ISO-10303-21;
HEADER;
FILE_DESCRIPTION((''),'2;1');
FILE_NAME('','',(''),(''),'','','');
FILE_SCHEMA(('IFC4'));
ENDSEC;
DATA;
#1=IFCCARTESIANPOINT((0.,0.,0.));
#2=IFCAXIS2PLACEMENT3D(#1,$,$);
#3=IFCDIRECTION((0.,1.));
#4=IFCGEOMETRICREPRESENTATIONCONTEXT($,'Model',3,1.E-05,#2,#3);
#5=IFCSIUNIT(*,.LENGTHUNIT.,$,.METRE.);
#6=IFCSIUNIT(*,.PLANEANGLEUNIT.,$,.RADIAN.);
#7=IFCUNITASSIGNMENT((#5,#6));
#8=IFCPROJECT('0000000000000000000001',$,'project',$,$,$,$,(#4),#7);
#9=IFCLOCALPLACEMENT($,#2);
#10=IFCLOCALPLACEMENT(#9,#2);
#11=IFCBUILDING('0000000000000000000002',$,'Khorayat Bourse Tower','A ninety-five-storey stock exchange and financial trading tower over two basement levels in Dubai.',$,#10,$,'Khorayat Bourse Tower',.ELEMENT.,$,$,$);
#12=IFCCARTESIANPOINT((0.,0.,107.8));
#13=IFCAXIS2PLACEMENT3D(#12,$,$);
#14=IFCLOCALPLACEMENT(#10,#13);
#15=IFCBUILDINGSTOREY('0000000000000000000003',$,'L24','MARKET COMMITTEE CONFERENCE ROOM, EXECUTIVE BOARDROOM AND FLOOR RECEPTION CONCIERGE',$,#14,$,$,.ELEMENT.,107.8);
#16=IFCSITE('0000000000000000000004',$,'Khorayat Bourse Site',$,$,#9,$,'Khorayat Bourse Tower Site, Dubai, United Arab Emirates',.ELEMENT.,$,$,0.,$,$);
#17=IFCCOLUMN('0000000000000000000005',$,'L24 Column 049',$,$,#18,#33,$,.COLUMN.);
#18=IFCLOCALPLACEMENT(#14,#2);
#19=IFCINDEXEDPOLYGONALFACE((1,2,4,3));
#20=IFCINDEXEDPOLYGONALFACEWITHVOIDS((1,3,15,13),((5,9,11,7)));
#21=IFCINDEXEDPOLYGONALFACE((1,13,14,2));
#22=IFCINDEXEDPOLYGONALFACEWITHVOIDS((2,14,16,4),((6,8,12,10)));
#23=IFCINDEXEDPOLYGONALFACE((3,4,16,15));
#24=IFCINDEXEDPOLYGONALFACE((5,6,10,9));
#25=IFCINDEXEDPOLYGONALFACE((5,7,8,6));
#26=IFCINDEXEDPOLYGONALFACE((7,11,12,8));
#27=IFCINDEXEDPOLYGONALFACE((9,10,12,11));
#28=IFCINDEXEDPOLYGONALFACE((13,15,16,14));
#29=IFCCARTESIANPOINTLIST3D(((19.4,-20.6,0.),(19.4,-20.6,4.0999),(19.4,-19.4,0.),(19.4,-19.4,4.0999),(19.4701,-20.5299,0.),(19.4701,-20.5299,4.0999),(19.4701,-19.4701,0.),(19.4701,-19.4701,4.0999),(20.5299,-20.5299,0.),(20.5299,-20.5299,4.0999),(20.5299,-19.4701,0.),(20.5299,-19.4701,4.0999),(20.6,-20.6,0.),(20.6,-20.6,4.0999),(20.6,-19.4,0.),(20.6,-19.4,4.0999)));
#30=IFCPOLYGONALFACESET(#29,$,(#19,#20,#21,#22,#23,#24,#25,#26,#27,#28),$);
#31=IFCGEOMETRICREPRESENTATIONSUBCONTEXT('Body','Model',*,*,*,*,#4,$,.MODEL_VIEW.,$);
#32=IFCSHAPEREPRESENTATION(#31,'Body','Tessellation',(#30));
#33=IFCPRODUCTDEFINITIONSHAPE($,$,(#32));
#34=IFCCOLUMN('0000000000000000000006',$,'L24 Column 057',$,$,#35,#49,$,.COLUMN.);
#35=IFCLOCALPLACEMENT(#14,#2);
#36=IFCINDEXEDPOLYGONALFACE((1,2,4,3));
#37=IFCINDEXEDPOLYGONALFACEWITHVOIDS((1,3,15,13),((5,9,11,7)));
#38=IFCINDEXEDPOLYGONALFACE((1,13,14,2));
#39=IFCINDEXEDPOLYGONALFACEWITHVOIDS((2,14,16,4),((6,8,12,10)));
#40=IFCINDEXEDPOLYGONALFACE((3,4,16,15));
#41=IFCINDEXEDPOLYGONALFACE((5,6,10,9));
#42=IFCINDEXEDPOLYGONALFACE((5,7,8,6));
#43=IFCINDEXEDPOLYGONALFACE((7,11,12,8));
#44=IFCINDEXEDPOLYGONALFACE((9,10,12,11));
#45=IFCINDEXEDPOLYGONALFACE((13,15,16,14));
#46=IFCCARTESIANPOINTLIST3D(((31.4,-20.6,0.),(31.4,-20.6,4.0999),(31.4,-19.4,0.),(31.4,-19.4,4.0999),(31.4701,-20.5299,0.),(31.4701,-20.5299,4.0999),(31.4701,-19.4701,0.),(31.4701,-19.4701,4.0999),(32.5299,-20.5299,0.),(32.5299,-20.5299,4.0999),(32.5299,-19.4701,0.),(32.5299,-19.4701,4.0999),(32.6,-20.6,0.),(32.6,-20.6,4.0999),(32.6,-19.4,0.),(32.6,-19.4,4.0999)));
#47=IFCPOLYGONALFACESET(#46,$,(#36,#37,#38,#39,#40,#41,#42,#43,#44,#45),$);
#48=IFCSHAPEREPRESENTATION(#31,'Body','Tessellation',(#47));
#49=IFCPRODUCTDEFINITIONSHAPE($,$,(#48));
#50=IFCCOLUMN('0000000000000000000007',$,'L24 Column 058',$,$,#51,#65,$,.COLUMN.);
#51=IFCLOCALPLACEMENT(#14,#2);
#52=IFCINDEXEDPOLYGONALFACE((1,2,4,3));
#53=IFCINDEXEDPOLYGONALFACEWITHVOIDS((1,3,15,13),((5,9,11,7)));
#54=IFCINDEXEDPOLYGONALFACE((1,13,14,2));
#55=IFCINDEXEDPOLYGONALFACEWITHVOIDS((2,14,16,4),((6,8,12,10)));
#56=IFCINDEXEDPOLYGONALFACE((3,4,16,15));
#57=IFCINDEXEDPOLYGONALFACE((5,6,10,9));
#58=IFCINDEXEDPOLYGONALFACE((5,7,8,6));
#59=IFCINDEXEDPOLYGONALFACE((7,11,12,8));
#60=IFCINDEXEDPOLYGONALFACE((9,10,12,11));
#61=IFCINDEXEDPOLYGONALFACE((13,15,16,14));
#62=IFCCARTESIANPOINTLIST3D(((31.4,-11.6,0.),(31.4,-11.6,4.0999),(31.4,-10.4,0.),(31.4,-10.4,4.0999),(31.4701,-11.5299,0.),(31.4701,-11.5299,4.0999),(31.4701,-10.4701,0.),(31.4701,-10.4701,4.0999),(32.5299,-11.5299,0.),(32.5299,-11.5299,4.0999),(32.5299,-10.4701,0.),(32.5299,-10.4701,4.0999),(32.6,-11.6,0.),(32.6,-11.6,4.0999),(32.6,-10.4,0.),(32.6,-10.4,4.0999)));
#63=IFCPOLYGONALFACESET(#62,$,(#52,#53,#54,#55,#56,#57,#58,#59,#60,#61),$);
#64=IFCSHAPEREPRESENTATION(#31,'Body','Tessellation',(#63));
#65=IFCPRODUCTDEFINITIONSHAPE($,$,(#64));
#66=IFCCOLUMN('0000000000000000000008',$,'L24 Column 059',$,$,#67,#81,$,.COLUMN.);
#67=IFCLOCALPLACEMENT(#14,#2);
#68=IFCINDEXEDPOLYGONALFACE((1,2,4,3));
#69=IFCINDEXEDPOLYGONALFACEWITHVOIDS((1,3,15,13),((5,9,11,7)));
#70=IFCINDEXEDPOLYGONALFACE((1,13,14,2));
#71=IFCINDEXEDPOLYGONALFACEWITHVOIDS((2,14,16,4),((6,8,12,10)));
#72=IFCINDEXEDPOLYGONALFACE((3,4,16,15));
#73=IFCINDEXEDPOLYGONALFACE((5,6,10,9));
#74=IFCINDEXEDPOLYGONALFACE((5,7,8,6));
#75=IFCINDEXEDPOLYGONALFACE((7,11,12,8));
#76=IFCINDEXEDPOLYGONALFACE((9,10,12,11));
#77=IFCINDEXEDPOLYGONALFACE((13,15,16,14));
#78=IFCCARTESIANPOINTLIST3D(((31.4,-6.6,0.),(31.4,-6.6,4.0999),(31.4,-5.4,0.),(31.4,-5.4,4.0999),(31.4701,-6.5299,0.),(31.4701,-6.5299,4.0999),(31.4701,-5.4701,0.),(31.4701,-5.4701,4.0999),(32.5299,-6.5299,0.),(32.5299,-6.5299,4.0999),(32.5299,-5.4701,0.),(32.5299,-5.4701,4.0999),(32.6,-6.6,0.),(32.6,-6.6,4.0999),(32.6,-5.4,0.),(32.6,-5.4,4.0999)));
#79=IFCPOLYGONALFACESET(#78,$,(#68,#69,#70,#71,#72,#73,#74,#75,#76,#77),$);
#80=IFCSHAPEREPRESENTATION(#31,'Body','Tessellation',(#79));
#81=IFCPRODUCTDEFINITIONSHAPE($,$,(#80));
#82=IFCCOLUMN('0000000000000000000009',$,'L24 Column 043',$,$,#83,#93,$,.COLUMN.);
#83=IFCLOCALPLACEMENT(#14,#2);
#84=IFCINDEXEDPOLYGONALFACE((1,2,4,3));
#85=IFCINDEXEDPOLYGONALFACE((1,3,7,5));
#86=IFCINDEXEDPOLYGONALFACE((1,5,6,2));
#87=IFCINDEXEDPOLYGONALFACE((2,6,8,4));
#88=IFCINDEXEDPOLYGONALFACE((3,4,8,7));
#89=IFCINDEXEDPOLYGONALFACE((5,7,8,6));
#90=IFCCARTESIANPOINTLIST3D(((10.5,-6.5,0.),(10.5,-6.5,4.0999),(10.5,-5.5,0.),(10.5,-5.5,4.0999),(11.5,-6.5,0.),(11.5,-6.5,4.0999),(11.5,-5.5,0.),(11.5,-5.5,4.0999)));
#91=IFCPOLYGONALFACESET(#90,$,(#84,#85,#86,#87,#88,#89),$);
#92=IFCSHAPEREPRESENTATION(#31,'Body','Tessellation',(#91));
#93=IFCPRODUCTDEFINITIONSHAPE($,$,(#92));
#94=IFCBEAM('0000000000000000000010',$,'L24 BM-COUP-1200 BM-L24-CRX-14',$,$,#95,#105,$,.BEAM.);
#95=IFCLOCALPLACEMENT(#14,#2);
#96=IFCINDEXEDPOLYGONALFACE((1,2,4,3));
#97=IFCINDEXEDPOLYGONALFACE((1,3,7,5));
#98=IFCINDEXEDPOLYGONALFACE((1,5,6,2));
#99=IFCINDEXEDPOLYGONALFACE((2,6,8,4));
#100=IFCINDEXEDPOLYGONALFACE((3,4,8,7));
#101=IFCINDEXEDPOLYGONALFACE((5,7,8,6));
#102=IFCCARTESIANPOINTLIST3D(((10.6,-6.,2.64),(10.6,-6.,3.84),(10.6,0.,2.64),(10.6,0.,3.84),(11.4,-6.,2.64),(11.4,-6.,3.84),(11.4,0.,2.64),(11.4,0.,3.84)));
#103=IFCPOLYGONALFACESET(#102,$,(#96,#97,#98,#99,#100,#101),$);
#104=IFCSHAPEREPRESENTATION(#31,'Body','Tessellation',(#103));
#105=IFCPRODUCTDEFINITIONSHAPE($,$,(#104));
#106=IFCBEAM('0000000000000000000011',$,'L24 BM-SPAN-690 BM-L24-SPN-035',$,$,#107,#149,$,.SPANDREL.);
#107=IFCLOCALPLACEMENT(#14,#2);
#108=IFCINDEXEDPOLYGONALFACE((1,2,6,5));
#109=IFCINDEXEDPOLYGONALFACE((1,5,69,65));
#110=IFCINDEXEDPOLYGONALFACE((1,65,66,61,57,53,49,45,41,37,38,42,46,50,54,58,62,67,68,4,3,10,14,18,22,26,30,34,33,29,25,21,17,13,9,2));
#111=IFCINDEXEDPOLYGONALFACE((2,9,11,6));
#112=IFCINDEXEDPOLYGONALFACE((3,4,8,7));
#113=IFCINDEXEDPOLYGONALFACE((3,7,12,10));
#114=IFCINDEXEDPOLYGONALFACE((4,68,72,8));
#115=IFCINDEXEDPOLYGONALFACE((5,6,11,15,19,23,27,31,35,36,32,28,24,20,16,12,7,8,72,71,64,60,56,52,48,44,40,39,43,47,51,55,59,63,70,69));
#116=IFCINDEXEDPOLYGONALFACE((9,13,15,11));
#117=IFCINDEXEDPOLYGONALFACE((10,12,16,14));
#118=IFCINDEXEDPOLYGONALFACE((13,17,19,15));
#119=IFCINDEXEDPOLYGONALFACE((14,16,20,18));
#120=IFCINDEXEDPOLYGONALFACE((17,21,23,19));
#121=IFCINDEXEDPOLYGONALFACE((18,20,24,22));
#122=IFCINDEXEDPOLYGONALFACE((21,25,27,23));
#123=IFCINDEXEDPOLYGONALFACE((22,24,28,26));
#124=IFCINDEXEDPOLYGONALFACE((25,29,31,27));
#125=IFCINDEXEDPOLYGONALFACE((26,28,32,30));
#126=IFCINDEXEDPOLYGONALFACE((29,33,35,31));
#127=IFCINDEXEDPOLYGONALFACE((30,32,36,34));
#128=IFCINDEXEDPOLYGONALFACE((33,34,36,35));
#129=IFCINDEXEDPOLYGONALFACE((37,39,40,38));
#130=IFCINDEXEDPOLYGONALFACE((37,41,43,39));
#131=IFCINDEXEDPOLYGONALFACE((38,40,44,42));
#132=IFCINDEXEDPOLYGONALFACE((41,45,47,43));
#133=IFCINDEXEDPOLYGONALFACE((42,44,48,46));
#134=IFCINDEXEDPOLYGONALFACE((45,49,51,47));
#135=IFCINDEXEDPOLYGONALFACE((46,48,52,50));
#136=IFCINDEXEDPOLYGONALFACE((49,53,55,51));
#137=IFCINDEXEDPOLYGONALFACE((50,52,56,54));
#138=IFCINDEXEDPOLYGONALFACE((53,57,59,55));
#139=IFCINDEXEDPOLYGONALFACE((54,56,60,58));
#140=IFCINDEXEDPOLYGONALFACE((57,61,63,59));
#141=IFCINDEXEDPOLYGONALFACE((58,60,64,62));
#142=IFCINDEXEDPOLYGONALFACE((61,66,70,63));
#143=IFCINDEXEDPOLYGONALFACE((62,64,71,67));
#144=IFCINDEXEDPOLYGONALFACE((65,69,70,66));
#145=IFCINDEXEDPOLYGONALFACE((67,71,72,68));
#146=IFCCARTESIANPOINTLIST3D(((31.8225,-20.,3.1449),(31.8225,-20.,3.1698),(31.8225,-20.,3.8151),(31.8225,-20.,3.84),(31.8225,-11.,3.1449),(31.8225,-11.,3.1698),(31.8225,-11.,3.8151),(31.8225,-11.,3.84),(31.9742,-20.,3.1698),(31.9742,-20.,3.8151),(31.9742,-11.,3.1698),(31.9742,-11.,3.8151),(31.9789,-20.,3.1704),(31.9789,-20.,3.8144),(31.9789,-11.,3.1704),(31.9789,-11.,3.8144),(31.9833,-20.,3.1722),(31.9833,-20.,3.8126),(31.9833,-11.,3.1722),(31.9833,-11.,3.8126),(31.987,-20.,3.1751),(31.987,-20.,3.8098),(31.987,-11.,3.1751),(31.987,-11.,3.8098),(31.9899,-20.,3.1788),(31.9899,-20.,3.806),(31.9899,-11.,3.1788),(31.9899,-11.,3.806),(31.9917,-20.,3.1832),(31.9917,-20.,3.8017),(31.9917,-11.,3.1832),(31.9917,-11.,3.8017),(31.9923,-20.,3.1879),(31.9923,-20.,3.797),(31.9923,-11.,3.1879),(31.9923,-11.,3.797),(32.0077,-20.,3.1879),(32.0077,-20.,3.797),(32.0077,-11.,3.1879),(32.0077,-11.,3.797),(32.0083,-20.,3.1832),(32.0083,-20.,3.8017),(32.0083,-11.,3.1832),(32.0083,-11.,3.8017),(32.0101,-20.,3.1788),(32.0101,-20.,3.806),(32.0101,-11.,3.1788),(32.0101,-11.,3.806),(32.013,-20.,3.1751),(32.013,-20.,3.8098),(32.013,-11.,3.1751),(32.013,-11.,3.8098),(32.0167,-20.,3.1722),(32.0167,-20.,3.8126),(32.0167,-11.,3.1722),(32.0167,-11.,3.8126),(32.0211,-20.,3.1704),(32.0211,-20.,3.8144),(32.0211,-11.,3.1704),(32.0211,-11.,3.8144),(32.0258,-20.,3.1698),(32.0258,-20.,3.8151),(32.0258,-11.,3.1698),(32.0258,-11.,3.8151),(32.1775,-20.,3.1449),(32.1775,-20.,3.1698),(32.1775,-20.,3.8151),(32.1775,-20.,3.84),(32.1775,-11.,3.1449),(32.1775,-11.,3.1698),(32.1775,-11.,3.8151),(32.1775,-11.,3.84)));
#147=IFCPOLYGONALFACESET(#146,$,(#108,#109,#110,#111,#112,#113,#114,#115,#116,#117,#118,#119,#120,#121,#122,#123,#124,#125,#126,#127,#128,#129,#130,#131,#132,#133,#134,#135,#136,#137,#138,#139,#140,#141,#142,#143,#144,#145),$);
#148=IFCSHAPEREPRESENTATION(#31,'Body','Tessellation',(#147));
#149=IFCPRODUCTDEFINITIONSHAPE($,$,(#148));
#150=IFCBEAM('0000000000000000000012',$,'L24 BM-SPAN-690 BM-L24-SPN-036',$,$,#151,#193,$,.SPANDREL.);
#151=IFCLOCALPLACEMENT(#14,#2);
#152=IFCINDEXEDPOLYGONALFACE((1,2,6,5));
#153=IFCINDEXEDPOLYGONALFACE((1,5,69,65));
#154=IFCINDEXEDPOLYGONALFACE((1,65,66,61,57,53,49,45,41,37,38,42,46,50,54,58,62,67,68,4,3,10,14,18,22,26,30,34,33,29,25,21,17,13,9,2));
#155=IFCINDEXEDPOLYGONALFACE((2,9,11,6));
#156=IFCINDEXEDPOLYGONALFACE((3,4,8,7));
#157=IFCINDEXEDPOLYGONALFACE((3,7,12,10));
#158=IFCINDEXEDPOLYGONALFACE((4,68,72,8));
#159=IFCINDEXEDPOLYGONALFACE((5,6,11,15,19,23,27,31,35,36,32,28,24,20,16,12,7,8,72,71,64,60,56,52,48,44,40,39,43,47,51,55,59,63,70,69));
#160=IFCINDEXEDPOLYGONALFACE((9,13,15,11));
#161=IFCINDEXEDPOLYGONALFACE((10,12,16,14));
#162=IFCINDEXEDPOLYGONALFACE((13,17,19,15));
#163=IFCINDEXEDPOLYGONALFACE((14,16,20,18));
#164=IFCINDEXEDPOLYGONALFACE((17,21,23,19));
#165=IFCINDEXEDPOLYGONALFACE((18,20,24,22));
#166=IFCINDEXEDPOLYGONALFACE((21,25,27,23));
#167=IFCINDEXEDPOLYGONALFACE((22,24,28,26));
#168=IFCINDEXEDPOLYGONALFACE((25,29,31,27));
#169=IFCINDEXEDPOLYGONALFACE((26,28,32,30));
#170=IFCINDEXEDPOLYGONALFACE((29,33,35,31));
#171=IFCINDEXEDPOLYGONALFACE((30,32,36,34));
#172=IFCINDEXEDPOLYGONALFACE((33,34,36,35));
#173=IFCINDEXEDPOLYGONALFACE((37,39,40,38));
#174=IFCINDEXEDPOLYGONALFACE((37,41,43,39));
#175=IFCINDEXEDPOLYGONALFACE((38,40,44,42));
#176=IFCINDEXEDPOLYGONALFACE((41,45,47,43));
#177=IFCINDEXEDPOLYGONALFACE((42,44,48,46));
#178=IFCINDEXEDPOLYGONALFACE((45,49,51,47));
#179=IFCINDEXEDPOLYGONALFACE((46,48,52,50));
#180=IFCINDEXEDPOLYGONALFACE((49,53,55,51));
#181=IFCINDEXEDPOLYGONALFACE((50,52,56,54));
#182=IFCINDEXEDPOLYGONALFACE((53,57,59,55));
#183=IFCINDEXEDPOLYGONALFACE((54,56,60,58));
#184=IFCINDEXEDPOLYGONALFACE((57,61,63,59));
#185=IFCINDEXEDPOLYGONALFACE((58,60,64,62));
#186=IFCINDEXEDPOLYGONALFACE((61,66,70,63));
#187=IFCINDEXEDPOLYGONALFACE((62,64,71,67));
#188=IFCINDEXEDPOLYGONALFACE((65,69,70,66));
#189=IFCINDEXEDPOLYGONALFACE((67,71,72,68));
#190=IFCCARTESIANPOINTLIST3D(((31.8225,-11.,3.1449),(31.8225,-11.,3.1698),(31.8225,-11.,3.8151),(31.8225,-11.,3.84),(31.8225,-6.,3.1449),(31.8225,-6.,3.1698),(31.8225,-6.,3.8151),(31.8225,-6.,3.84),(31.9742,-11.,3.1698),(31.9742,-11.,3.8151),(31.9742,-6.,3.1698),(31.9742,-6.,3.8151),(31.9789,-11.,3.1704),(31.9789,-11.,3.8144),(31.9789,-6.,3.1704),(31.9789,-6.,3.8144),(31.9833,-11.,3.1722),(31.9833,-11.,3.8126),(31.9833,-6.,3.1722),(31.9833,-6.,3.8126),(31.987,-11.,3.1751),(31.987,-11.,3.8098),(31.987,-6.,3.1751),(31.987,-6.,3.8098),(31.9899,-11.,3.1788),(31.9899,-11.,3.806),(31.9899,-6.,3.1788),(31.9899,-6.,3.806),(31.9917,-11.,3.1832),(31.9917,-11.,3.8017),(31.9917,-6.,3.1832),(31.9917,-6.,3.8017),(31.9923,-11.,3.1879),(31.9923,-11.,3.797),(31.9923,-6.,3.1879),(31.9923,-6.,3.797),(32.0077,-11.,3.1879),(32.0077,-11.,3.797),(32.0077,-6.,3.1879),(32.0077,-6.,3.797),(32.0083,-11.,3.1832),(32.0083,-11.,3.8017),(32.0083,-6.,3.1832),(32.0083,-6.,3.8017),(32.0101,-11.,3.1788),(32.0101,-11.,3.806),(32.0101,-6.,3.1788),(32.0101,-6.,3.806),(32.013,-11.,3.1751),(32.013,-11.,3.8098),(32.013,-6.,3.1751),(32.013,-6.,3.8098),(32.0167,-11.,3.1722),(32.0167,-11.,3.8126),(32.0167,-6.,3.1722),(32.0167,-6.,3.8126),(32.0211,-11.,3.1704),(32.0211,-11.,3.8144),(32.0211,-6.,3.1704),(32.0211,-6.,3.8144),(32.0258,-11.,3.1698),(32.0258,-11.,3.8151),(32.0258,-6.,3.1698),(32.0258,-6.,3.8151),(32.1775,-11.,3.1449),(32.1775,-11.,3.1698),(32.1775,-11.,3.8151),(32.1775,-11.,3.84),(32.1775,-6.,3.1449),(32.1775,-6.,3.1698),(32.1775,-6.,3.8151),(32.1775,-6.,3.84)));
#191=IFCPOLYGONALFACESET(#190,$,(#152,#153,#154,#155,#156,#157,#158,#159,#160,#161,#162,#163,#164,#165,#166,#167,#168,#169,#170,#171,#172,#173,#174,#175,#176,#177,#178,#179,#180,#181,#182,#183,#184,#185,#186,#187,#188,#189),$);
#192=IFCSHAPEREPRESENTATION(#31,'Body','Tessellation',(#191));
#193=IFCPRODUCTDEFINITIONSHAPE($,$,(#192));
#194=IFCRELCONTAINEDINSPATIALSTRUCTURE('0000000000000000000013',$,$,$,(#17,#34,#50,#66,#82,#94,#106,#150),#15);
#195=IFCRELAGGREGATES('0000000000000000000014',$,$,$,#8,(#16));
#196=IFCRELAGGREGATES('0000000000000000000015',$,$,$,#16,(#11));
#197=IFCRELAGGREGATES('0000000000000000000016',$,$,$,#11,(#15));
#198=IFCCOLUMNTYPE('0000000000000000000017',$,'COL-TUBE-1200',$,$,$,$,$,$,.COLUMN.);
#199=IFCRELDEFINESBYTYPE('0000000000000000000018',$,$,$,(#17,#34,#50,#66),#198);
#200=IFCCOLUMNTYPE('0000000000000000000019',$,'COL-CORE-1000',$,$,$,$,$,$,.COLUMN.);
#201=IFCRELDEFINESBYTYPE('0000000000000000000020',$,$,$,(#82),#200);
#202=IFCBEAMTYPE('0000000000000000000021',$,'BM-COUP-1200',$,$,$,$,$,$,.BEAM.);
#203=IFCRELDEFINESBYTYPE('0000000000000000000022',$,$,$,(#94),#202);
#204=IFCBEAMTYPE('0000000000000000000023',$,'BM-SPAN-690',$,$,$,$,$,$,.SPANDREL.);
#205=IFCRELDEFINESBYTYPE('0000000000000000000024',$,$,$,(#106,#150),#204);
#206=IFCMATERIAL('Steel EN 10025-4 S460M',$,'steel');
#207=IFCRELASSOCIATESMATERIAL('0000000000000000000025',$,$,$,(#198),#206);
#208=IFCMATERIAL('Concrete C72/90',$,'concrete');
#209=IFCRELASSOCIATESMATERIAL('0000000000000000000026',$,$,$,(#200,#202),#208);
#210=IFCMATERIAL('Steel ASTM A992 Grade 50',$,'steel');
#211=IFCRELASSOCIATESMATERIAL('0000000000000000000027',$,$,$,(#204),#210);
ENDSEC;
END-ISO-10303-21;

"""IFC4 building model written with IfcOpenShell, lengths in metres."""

from ifc_helpers import new_model, si_unit, direction, frame, origin, origin_2d, place, context, subcontext, project, spatial, rectangle, hollow_rectangle, i_section, extrude, source, transform, mapped, material, material_profile, profile_set, type_object, element, save


model = new_model("IFC4")

# Units and contexts
model_context = context("Model", 3, precision=1e-05, world=origin(), true_north=direction((0.0, 1.0)))
body_context = subcontext(model_context, "Body", "Model", "MODEL_VIEW")
ifc_project = project(units=[si_unit("LENGTHUNIT", "METRE"), si_unit("PLANEANGLEUNIT", "RADIAN")], contexts=[model_context])

# Site, building, storey
site_placement = place(None, origin())
site = spatial("IfcSite", under=ifc_project, at=site_placement, Name="Khorayat Bourse Site", LongName="Khorayat Bourse Tower Site, Dubai, United Arab Emirates", CompositionType="ELEMENT", RefElevation=0.0)
building_placement = place(site_placement, origin())
building = spatial("IfcBuilding", under=site, at=building_placement, Name="Khorayat Bourse Tower", Description="A ninety-five-storey stock exchange and financial trading tower over two basement levels in Dubai.", LongName="Khorayat Bourse Tower", CompositionType="ELEMENT")
storey_placement = place(building_placement, frame((0.0, 0.0, 107.8)))
storey = spatial("IfcBuildingStorey", under=building, at=storey_placement, Name="L24", Description="MARKET COMMITTEE CONFERENCE ROOM, EXECUTIVE BOARDROOM AND FLOOR RECEPTION CONCIERGE", CompositionType="ELEMENT", Elevation=107.8)

# Columns
ifc_material_1 = material(Name="Steel EN 10025-4 S460M", Category="steel")
ifc_material_profile_1 = material_profile(ifc_material_1, hollow_rectangle(XDim=1.2, YDim=1.2, WallThickness=0.0701, at=origin_2d()), Name="BOX 1200x1200x70")
ifc_profile_set_1 = profile_set([ifc_material_profile_1], Name="Steel EN 10025-4 S460M")
column_type_1 = type_object("IfcColumnType", Name="COL-TUBE-1200", PredefinedType="COLUMN", material=ifc_profile_set_1)
shared_shape_1 = source(origin(), body_context, "Body", "SweptSolid", [
    extrude(hollow_rectangle(XDim=1.2, YDim=1.2, WallThickness=0.0701, at=origin_2d()), origin(), (0.0, 0.0, 1.0), 4.0999),
])
for number, where, z_axis, x_axis, name in (
    (1, (20.0, -20.0, 0.0), (0.0, 0.0, 1.0), (1.0, 0.0, 0.0), "L24 Column 049"),
    (2, (32.0, -20.0, 0.0), (0.0, 0.0, 1.0), (1.0, 0.0, 0.0), "L24 Column 057"),
    (3, (32.0, -11.0, 0.0), (0.0, 0.0, 1.0), (1.0, 0.0, 0.0), "L24 Column 058"),
    (4, (32.0, -6.0, 0.0), (0.0, 0.0, 1.0), (1.0, 0.0, 0.0), "L24 Column 059"),
):
    element("IfcColumn", number, at=place(storey_placement, frame(where, z_axis=z_axis, x_axis=x_axis)), inside=storey, type_object=column_type_1, Name=name, PredefinedType="COLUMN", context=body_context, shape_type="MappedRepresentation", body=[
        mapped(shared_shape_1, transform((0.0, 0.0, 0.0), scale=1.0)),
    ])
ifc_material_2 = material(Name="Concrete C72/90", Category="concrete")
ifc_material_profile_2 = material_profile(ifc_material_2, rectangle(XDim=1.0, YDim=1.0, at=origin_2d()), Name="RC 1000x1000")
ifc_profile_set_2 = profile_set([ifc_material_profile_2], Name="Concrete C72/90")
column_type_2 = type_object("IfcColumnType", Name="COL-CORE-1000", PredefinedType="COLUMN", material=ifc_profile_set_2)
shared_shape_2 = source(origin(), body_context, "Body", "SweptSolid", [
    extrude(rectangle(XDim=1.0, YDim=1.0, at=origin_2d()), origin(), (0.0, 0.0, 1.0), 4.0999),
])
column_placement = place(storey_placement, frame((11.0, -6.0, 0.0), z_axis=(0.0, 0.0, 1.0), x_axis=(1.0, 0.0, 0.0)))
element("IfcColumn", 5, at=column_placement, inside=storey, type_object=column_type_2, Name="L24 Column 043", PredefinedType="COLUMN", context=body_context, shape_type="MappedRepresentation", body=[
    mapped(shared_shape_2, transform((0.0, 0.0, 0.0), scale=1.0)),
])

# Beams
ifc_material_profile_3 = material_profile(ifc_material_2, rectangle(XDim=0.8, YDim=1.2, at=origin_2d()), Name="RC 800x1200")
ifc_profile_set_3 = profile_set([ifc_material_profile_3], Name="Concrete C72/90")
beam_type_1 = type_object("IfcBeamType", Name="BM-COUP-1200", PredefinedType="BEAM", material=ifc_profile_set_3)
shared_shape_3 = source(origin(), body_context, "Body", "SweptSolid", [
    extrude(rectangle(XDim=0.8, YDim=1.2, at=origin_2d()), origin(), (0.0, 0.0, 1.0), 6.0),
])
beam_1_placement = place(storey_placement, frame((11.0, -6.0, 3.24), z_axis=(0.0, 1.0, 0.0), x_axis=(-1.0, 0.0, 0.0)))
element("IfcBeam", 6, at=beam_1_placement, inside=storey, type_object=beam_type_1, Name="L24 BM-COUP-1200 BM-L24-CRX-14", PredefinedType="BEAM", context=body_context, shape_type="MappedRepresentation", body=[
    mapped(shared_shape_3, transform((0.0, 0.0, 0.0), scale=1.0)),
])
ifc_material_3 = material(Name="Steel ASTM A992 Grade 50", Category="steel")
ifc_material_profile_4 = material_profile(ifc_material_3, i_section(OverallWidth=0.355, OverallDepth=0.6951, WebThickness=0.0154, FlangeThickness=0.0249, FilletRadius=0.0181, at=origin_2d()), Name="W690X217")
ifc_profile_set_4 = profile_set([ifc_material_profile_4], Name="Steel ASTM A992 Grade 50")
beam_type_2 = type_object("IfcBeamType", Name="BM-SPAN-690", PredefinedType="SPANDREL", material=ifc_profile_set_4)
shared_shape_4 = source(origin(), body_context, "Body", "SweptSolid", [
    extrude(i_section(OverallWidth=0.355, OverallDepth=0.6951, WebThickness=0.0154, FlangeThickness=0.0249, FilletRadius=0.0181, at=origin_2d()), origin(), (0.0, 0.0, 1.0), 9.0),
])
beam_2_placement = place(storey_placement, frame((32.0, -20.0, 3.4924), z_axis=(0.0, 1.0, 0.0), x_axis=(-1.0, 0.0, 0.0)))
element("IfcBeam", 7, at=beam_2_placement, inside=storey, type_object=beam_type_2, Name="L24 BM-SPAN-690 BM-L24-SPN-035", PredefinedType="SPANDREL", context=body_context, shape_type="MappedRepresentation", body=[
    mapped(shared_shape_4, transform((0.0, 0.0, 0.0), scale=1.0)),
])
shared_shape_5 = source(origin(), body_context, "Body", "SweptSolid", [
    extrude(i_section(OverallWidth=0.355, OverallDepth=0.6951, WebThickness=0.0154, FlangeThickness=0.0249, FilletRadius=0.0181, at=origin_2d()), origin(), (0.0, 0.0, 1.0), 5.0),
])
beam_3_placement = place(storey_placement, frame((32.0, -11.0, 3.4924), z_axis=(0.0, 1.0, 0.0), x_axis=(-1.0, 0.0, 0.0)))
element("IfcBeam", 8, at=beam_3_placement, inside=storey, type_object=beam_type_2, Name="L24 BM-SPAN-690 BM-L24-SPN-036", PredefinedType="SPANDREL", context=body_context, shape_type="MappedRepresentation", body=[
    mapped(shared_shape_5, transform((0.0, 0.0, 0.0), scale=1.0)),
])

save(model, "model.ifc")
